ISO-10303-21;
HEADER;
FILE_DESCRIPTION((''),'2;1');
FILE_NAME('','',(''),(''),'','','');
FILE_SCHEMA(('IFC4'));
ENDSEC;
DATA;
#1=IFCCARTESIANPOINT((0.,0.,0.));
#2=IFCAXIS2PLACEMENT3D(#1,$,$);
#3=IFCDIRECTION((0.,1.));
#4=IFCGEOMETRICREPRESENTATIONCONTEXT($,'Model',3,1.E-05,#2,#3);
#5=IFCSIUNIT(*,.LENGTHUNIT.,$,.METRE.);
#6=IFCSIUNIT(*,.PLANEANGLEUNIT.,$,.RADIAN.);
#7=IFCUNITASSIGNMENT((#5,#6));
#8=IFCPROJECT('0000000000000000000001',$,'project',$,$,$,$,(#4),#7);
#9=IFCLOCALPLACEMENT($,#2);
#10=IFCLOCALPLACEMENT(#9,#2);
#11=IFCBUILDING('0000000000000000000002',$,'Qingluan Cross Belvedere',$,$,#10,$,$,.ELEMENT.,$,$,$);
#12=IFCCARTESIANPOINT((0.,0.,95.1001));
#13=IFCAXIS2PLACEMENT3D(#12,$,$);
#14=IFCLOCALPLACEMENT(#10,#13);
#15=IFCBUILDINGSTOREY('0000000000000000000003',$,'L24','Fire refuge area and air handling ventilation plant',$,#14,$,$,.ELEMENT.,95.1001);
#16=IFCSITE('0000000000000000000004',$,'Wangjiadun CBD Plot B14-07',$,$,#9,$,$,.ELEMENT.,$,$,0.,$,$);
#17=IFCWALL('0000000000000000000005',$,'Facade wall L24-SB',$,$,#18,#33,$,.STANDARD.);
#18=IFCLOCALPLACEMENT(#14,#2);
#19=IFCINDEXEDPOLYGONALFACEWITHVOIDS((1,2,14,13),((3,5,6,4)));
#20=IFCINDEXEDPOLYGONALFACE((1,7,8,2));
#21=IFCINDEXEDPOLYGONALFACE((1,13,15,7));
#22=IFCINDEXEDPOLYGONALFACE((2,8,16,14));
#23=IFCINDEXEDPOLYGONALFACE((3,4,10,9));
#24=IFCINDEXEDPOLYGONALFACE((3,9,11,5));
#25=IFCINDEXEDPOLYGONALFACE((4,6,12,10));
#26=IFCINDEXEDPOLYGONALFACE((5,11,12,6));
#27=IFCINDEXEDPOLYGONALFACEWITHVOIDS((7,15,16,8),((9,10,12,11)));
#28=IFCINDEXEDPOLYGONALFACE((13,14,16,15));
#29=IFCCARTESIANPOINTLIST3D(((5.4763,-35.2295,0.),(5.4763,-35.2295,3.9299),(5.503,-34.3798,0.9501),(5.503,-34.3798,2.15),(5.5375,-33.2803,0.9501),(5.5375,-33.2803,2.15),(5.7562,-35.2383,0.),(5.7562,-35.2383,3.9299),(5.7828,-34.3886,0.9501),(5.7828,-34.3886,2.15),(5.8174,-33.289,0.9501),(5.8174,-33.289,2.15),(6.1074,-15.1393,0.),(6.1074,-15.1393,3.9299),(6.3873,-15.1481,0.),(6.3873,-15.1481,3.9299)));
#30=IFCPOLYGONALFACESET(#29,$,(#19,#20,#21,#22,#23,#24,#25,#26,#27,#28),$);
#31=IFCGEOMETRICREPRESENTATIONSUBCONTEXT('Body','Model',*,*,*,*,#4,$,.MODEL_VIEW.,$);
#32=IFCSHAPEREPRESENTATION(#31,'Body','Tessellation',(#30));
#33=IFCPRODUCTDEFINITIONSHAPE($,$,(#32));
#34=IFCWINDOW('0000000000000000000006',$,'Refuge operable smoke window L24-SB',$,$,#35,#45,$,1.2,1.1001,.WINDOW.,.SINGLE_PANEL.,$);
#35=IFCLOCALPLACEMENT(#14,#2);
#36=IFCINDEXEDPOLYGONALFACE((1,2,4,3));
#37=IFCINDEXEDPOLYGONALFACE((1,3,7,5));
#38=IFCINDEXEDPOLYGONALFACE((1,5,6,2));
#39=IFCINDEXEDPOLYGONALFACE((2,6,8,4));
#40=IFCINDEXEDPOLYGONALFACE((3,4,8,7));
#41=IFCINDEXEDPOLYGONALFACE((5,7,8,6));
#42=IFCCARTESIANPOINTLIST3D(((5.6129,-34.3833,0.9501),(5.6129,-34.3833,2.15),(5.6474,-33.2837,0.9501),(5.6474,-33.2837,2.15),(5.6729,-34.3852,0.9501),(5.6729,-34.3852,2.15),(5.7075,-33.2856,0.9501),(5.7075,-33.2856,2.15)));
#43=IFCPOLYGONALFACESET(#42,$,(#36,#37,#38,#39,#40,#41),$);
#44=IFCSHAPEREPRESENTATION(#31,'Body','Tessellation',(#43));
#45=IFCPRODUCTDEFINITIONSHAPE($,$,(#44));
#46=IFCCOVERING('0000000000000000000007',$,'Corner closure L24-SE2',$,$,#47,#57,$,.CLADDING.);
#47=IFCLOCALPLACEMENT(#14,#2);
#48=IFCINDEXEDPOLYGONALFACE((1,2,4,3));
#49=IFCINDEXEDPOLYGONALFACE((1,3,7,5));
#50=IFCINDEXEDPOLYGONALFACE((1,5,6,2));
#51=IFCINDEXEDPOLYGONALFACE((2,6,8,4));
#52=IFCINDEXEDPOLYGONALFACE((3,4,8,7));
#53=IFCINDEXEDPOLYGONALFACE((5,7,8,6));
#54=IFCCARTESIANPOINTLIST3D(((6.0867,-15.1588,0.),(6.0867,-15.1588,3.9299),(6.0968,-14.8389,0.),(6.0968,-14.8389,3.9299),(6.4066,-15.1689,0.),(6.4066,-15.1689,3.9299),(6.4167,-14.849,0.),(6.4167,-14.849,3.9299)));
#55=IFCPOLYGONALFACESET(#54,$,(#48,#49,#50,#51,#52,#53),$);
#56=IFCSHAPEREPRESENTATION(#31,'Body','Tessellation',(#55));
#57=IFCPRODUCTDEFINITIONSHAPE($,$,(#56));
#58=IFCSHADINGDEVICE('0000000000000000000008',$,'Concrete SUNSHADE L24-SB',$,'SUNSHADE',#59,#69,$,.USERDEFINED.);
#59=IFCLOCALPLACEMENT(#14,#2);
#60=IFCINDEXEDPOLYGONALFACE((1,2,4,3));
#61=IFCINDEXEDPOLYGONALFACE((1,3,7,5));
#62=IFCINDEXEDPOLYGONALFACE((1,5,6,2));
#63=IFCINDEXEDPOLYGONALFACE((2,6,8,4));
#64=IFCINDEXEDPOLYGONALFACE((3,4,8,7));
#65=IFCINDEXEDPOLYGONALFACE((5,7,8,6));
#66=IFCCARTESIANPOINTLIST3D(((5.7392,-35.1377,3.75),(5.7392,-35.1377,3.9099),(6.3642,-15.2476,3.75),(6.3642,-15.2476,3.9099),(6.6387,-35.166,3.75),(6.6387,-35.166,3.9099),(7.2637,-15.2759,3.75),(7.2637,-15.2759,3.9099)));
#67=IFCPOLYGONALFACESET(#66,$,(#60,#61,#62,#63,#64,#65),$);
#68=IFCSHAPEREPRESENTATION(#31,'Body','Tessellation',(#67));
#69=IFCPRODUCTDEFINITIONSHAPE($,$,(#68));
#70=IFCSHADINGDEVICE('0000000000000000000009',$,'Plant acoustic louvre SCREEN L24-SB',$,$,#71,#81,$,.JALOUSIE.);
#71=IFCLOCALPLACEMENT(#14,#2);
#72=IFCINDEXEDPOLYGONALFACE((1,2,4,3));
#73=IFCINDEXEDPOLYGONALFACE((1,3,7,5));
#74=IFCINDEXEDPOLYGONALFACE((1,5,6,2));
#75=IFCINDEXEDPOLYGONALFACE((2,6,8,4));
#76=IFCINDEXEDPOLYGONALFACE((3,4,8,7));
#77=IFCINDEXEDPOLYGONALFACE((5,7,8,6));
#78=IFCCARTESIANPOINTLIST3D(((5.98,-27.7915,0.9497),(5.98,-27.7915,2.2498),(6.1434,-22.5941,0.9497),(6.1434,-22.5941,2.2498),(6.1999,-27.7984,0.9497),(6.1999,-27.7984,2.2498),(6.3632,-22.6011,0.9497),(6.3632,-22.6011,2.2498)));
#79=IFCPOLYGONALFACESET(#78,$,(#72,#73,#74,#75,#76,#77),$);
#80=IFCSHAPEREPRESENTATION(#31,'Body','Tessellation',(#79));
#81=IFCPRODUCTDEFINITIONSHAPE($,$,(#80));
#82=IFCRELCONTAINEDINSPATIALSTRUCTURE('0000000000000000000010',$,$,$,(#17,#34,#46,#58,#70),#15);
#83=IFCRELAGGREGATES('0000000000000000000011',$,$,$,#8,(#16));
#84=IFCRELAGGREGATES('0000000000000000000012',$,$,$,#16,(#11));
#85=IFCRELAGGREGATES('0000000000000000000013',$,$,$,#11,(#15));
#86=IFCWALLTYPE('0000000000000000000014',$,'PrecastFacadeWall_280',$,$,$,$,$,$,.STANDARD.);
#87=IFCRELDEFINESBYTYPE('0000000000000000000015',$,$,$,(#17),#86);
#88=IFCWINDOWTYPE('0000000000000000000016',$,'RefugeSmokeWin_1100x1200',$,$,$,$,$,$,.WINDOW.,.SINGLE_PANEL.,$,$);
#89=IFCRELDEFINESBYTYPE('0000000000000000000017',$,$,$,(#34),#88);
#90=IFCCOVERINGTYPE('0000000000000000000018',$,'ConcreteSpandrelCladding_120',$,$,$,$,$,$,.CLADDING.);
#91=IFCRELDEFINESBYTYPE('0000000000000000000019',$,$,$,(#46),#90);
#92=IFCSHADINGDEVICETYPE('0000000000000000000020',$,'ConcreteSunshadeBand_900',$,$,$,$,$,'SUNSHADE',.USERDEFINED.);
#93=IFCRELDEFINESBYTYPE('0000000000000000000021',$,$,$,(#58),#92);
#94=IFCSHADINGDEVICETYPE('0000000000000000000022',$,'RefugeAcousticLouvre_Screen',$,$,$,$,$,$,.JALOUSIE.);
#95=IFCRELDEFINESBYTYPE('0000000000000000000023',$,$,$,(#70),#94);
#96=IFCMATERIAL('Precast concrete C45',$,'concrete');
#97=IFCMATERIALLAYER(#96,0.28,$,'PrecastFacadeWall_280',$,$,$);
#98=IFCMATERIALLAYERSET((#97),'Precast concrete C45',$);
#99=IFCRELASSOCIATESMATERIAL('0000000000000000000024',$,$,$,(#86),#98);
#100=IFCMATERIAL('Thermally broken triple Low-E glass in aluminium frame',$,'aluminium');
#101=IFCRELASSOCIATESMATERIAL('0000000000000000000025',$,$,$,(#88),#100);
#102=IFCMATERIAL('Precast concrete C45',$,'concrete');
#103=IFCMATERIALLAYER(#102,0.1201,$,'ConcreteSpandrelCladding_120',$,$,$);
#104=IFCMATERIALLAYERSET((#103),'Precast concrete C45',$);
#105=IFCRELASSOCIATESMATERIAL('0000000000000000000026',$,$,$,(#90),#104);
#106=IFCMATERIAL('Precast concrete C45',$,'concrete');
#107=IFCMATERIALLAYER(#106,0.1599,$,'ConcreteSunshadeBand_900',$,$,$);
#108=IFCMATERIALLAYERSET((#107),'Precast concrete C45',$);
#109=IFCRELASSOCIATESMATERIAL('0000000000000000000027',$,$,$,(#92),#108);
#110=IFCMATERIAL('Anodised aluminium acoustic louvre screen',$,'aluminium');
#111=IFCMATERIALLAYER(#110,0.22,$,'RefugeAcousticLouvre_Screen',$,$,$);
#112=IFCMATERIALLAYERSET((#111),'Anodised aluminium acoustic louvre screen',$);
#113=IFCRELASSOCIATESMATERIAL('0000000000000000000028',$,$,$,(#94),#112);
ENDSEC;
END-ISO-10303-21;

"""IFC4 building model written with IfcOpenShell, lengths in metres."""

from ifc_helpers import new_model, si_unit, direction, frame, frame_2d, origin, origin_2d, place, context, subcontext, project, spatial, rectangle, extrude, material, layer, layer_set, type_object, element, fill, save


model = new_model("IFC4")

# Units and contexts
model_context = context("Model", 3, precision=1e-05, world=origin(), true_north=direction((0.0, 1.0)))
body_context = subcontext(model_context, "Body", "Model", "MODEL_VIEW")
ifc_project = project(units=[si_unit("LENGTHUNIT", "METRE"), si_unit("PLANEANGLEUNIT", "RADIAN")], contexts=[model_context])

# Site, building, storey
site_placement = place(None, origin())
site = spatial("IfcSite", under=ifc_project, at=site_placement, Name="Wangjiadun CBD Plot B14-07", CompositionType="ELEMENT", RefElevation=0.0)
building_placement = place(site_placement, origin())
building = spatial("IfcBuilding", under=site, at=building_placement, Name="Qingluan Cross Belvedere", CompositionType="ELEMENT")
storey_placement = place(building_placement, frame((0.0, 0.0, 95.1001)))
storey = spatial("IfcBuildingStorey", under=building, at=storey_placement, Name="L24", Description="Fire refuge area and air handling ventilation plant", CompositionType="ELEMENT", Elevation=95.1001)

# Wall, opening, window
ifc_material_1 = material(Name="Precast concrete C45", Category="concrete")
ifc_layer_1 = layer(ifc_material_1, 0.28, Name="PrecastFacadeWall_280")
ifc_layer_set_1 = layer_set([ifc_layer_1], Name="Precast concrete C45")
wall_type_1 = type_object("IfcWallType", Name="PrecastFacadeWall_280", PredefinedType="STANDARD", material=ifc_layer_set_1)
wall_1_placement = place(storey_placement, frame((5.6162, -35.2339, 0.0), z_axis=(0.0, 0.0, 1.0), x_axis=(0.031398, 0.999507, 0.0)))
wall_1 = element("IfcWall", 1, at=wall_1_placement, inside=storey, type_object=wall_type_1, Name="Facade wall L24-SB", PredefinedType="STANDARD", context=body_context, shape_type="SweptSolid", body=[
    extrude(rectangle(XDim=20.1001, YDim=0.28, at=frame_2d((10.05, 0.0))), origin(), (0.0, 0.0, 1.0), 3.9299),
])
opening_placement = place(wall_1_placement, frame((0.8501, 0.0, 0.95)))
opening = element("IfcOpeningElement", 2, at=opening_placement, cuts=wall_1, PredefinedType="OPENING", context=body_context, shape_type="SweptSolid", body=[
    extrude(rectangle(XDim=1.1001, YDim=1.2, at=frame_2d((0.55, 0.6001))), frame((0.0, 0.1499, 0.0), z_axis=(0.0, -1.0, 0.0), x_axis=(1.0, 0.0, 0.0)), (0.0, 0.0, 1.0), 0.3),
])
ifc_material_2 = material(Name="Thermally broken triple Low-E glass in aluminium frame", Category="aluminium")
window_type = type_object("IfcWindowType", Name="RefugeSmokeWin_1100x1200", PartitioningType="SINGLE_PANEL", PredefinedType="WINDOW", material=ifc_material_2)
window_placement = place(opening_placement, origin())
window = element("IfcWindow", 3, at=window_placement, inside=storey, type_object=window_type, Name="Refuge operable smoke window L24-SB", OverallHeight=1.2, OverallWidth=1.1001, PartitioningType="SINGLE_PANEL", PredefinedType="WINDOW", context=body_context, shape_type="SweptSolid", body=[
    extrude(rectangle(XDim=1.1001, YDim=1.2, at=frame_2d((0.55, 0.6001))), frame((0.0, 0.03, 0.0), z_axis=(0.0, -1.0, 0.0), x_axis=(1.0, 0.0, 0.0)), (0.0, 0.0, 1.0), 0.0601),
])
fill(opening, window)

# Covering
ifc_material_3 = material(Name="Precast concrete C45", Category="concrete")
ifc_layer_2 = layer(ifc_material_3, 0.1201, Name="ConcreteSpandrelCladding_120")
ifc_layer_set_2 = layer_set([ifc_layer_2], Name="Precast concrete C45")
covering_type = type_object("IfcCoveringType", Name="ConcreteSpandrelCladding_120", PredefinedType="CLADDING", material=ifc_layer_set_2)
covering_placement = place(storey_placement, frame((6.2517, -15.0039, 0.0), z_axis=(0.0, 0.0, 1.0), x_axis=(0.999507, -0.031411, 0.0)))
element("IfcCovering", 4, at=covering_placement, inside=storey, type_object=covering_type, Name="Corner closure L24-SE2", PredefinedType="CLADDING", context=body_context, shape_type="SweptSolid", body=[
    extrude(rectangle(XDim=0.3201, YDim=0.3201, at=origin_2d()), origin(), (0.0, 0.0, 1.0), 3.9299),
])

# Shading devices
ifc_material_4 = material(Name="Precast concrete C45", Category="concrete")
ifc_layer_3 = layer(ifc_material_4, 0.1599, Name="ConcreteSunshadeBand_900")
ifc_layer_set_3 = layer_set([ifc_layer_3], Name="Precast concrete C45")
shading_device_type_1 = type_object("IfcShadingDeviceType", Name="ConcreteSunshadeBand_900", ElementType="SUNSHADE", PredefinedType="USERDEFINED", material=ifc_layer_set_3)
shading_device_1_placement = place(storey_placement, frame((6.5015, -25.2068, 3.75), z_axis=(0.0, 0.0, 1.0), x_axis=(0.031408, 0.999507, 0.0)))
element("IfcShadingDevice", 5, at=shading_device_1_placement, inside=storey, type_object=shading_device_type_1, Name="Concrete SUNSHADE L24-SB", ObjectType="SUNSHADE", PredefinedType="USERDEFINED", context=body_context, shape_type="SweptSolid", body=[
    extrude(rectangle(XDim=19.8999, YDim=0.8999, at=origin_2d()), origin(), (0.0, 0.0, 1.0), 0.1599),
])
ifc_material_5 = material(Name="Anodised aluminium acoustic louvre screen", Category="aluminium")
ifc_layer_4 = layer(ifc_material_5, 0.22, Name="RefugeAcousticLouvre_Screen")
ifc_layer_set_4 = layer_set([ifc_layer_4], Name="Anodised aluminium acoustic louvre screen")
shading_device_type_2 = type_object("IfcShadingDeviceType", Name="RefugeAcousticLouvre_Screen", PredefinedType="JALOUSIE", material=ifc_layer_set_4)
shading_device_2_placement = place(storey_placement, frame((6.1716, -25.1963, 0.9497), z_axis=(0.0, 0.0, 1.0), x_axis=(0.031408, 0.999507, 0.0)))
element("IfcShadingDevice", 6, at=shading_device_2_placement, inside=storey, type_object=shading_device_type_2, Name="Plant acoustic louvre SCREEN L24-SB", PredefinedType="JALOUSIE", context=body_context, shape_type="SweptSolid", body=[
    extrude(rectangle(XDim=5.2, YDim=0.22, at=origin_2d()), origin(), (0.0, 0.0, 1.0), 1.3),
])

save(model, "model.ifc")
